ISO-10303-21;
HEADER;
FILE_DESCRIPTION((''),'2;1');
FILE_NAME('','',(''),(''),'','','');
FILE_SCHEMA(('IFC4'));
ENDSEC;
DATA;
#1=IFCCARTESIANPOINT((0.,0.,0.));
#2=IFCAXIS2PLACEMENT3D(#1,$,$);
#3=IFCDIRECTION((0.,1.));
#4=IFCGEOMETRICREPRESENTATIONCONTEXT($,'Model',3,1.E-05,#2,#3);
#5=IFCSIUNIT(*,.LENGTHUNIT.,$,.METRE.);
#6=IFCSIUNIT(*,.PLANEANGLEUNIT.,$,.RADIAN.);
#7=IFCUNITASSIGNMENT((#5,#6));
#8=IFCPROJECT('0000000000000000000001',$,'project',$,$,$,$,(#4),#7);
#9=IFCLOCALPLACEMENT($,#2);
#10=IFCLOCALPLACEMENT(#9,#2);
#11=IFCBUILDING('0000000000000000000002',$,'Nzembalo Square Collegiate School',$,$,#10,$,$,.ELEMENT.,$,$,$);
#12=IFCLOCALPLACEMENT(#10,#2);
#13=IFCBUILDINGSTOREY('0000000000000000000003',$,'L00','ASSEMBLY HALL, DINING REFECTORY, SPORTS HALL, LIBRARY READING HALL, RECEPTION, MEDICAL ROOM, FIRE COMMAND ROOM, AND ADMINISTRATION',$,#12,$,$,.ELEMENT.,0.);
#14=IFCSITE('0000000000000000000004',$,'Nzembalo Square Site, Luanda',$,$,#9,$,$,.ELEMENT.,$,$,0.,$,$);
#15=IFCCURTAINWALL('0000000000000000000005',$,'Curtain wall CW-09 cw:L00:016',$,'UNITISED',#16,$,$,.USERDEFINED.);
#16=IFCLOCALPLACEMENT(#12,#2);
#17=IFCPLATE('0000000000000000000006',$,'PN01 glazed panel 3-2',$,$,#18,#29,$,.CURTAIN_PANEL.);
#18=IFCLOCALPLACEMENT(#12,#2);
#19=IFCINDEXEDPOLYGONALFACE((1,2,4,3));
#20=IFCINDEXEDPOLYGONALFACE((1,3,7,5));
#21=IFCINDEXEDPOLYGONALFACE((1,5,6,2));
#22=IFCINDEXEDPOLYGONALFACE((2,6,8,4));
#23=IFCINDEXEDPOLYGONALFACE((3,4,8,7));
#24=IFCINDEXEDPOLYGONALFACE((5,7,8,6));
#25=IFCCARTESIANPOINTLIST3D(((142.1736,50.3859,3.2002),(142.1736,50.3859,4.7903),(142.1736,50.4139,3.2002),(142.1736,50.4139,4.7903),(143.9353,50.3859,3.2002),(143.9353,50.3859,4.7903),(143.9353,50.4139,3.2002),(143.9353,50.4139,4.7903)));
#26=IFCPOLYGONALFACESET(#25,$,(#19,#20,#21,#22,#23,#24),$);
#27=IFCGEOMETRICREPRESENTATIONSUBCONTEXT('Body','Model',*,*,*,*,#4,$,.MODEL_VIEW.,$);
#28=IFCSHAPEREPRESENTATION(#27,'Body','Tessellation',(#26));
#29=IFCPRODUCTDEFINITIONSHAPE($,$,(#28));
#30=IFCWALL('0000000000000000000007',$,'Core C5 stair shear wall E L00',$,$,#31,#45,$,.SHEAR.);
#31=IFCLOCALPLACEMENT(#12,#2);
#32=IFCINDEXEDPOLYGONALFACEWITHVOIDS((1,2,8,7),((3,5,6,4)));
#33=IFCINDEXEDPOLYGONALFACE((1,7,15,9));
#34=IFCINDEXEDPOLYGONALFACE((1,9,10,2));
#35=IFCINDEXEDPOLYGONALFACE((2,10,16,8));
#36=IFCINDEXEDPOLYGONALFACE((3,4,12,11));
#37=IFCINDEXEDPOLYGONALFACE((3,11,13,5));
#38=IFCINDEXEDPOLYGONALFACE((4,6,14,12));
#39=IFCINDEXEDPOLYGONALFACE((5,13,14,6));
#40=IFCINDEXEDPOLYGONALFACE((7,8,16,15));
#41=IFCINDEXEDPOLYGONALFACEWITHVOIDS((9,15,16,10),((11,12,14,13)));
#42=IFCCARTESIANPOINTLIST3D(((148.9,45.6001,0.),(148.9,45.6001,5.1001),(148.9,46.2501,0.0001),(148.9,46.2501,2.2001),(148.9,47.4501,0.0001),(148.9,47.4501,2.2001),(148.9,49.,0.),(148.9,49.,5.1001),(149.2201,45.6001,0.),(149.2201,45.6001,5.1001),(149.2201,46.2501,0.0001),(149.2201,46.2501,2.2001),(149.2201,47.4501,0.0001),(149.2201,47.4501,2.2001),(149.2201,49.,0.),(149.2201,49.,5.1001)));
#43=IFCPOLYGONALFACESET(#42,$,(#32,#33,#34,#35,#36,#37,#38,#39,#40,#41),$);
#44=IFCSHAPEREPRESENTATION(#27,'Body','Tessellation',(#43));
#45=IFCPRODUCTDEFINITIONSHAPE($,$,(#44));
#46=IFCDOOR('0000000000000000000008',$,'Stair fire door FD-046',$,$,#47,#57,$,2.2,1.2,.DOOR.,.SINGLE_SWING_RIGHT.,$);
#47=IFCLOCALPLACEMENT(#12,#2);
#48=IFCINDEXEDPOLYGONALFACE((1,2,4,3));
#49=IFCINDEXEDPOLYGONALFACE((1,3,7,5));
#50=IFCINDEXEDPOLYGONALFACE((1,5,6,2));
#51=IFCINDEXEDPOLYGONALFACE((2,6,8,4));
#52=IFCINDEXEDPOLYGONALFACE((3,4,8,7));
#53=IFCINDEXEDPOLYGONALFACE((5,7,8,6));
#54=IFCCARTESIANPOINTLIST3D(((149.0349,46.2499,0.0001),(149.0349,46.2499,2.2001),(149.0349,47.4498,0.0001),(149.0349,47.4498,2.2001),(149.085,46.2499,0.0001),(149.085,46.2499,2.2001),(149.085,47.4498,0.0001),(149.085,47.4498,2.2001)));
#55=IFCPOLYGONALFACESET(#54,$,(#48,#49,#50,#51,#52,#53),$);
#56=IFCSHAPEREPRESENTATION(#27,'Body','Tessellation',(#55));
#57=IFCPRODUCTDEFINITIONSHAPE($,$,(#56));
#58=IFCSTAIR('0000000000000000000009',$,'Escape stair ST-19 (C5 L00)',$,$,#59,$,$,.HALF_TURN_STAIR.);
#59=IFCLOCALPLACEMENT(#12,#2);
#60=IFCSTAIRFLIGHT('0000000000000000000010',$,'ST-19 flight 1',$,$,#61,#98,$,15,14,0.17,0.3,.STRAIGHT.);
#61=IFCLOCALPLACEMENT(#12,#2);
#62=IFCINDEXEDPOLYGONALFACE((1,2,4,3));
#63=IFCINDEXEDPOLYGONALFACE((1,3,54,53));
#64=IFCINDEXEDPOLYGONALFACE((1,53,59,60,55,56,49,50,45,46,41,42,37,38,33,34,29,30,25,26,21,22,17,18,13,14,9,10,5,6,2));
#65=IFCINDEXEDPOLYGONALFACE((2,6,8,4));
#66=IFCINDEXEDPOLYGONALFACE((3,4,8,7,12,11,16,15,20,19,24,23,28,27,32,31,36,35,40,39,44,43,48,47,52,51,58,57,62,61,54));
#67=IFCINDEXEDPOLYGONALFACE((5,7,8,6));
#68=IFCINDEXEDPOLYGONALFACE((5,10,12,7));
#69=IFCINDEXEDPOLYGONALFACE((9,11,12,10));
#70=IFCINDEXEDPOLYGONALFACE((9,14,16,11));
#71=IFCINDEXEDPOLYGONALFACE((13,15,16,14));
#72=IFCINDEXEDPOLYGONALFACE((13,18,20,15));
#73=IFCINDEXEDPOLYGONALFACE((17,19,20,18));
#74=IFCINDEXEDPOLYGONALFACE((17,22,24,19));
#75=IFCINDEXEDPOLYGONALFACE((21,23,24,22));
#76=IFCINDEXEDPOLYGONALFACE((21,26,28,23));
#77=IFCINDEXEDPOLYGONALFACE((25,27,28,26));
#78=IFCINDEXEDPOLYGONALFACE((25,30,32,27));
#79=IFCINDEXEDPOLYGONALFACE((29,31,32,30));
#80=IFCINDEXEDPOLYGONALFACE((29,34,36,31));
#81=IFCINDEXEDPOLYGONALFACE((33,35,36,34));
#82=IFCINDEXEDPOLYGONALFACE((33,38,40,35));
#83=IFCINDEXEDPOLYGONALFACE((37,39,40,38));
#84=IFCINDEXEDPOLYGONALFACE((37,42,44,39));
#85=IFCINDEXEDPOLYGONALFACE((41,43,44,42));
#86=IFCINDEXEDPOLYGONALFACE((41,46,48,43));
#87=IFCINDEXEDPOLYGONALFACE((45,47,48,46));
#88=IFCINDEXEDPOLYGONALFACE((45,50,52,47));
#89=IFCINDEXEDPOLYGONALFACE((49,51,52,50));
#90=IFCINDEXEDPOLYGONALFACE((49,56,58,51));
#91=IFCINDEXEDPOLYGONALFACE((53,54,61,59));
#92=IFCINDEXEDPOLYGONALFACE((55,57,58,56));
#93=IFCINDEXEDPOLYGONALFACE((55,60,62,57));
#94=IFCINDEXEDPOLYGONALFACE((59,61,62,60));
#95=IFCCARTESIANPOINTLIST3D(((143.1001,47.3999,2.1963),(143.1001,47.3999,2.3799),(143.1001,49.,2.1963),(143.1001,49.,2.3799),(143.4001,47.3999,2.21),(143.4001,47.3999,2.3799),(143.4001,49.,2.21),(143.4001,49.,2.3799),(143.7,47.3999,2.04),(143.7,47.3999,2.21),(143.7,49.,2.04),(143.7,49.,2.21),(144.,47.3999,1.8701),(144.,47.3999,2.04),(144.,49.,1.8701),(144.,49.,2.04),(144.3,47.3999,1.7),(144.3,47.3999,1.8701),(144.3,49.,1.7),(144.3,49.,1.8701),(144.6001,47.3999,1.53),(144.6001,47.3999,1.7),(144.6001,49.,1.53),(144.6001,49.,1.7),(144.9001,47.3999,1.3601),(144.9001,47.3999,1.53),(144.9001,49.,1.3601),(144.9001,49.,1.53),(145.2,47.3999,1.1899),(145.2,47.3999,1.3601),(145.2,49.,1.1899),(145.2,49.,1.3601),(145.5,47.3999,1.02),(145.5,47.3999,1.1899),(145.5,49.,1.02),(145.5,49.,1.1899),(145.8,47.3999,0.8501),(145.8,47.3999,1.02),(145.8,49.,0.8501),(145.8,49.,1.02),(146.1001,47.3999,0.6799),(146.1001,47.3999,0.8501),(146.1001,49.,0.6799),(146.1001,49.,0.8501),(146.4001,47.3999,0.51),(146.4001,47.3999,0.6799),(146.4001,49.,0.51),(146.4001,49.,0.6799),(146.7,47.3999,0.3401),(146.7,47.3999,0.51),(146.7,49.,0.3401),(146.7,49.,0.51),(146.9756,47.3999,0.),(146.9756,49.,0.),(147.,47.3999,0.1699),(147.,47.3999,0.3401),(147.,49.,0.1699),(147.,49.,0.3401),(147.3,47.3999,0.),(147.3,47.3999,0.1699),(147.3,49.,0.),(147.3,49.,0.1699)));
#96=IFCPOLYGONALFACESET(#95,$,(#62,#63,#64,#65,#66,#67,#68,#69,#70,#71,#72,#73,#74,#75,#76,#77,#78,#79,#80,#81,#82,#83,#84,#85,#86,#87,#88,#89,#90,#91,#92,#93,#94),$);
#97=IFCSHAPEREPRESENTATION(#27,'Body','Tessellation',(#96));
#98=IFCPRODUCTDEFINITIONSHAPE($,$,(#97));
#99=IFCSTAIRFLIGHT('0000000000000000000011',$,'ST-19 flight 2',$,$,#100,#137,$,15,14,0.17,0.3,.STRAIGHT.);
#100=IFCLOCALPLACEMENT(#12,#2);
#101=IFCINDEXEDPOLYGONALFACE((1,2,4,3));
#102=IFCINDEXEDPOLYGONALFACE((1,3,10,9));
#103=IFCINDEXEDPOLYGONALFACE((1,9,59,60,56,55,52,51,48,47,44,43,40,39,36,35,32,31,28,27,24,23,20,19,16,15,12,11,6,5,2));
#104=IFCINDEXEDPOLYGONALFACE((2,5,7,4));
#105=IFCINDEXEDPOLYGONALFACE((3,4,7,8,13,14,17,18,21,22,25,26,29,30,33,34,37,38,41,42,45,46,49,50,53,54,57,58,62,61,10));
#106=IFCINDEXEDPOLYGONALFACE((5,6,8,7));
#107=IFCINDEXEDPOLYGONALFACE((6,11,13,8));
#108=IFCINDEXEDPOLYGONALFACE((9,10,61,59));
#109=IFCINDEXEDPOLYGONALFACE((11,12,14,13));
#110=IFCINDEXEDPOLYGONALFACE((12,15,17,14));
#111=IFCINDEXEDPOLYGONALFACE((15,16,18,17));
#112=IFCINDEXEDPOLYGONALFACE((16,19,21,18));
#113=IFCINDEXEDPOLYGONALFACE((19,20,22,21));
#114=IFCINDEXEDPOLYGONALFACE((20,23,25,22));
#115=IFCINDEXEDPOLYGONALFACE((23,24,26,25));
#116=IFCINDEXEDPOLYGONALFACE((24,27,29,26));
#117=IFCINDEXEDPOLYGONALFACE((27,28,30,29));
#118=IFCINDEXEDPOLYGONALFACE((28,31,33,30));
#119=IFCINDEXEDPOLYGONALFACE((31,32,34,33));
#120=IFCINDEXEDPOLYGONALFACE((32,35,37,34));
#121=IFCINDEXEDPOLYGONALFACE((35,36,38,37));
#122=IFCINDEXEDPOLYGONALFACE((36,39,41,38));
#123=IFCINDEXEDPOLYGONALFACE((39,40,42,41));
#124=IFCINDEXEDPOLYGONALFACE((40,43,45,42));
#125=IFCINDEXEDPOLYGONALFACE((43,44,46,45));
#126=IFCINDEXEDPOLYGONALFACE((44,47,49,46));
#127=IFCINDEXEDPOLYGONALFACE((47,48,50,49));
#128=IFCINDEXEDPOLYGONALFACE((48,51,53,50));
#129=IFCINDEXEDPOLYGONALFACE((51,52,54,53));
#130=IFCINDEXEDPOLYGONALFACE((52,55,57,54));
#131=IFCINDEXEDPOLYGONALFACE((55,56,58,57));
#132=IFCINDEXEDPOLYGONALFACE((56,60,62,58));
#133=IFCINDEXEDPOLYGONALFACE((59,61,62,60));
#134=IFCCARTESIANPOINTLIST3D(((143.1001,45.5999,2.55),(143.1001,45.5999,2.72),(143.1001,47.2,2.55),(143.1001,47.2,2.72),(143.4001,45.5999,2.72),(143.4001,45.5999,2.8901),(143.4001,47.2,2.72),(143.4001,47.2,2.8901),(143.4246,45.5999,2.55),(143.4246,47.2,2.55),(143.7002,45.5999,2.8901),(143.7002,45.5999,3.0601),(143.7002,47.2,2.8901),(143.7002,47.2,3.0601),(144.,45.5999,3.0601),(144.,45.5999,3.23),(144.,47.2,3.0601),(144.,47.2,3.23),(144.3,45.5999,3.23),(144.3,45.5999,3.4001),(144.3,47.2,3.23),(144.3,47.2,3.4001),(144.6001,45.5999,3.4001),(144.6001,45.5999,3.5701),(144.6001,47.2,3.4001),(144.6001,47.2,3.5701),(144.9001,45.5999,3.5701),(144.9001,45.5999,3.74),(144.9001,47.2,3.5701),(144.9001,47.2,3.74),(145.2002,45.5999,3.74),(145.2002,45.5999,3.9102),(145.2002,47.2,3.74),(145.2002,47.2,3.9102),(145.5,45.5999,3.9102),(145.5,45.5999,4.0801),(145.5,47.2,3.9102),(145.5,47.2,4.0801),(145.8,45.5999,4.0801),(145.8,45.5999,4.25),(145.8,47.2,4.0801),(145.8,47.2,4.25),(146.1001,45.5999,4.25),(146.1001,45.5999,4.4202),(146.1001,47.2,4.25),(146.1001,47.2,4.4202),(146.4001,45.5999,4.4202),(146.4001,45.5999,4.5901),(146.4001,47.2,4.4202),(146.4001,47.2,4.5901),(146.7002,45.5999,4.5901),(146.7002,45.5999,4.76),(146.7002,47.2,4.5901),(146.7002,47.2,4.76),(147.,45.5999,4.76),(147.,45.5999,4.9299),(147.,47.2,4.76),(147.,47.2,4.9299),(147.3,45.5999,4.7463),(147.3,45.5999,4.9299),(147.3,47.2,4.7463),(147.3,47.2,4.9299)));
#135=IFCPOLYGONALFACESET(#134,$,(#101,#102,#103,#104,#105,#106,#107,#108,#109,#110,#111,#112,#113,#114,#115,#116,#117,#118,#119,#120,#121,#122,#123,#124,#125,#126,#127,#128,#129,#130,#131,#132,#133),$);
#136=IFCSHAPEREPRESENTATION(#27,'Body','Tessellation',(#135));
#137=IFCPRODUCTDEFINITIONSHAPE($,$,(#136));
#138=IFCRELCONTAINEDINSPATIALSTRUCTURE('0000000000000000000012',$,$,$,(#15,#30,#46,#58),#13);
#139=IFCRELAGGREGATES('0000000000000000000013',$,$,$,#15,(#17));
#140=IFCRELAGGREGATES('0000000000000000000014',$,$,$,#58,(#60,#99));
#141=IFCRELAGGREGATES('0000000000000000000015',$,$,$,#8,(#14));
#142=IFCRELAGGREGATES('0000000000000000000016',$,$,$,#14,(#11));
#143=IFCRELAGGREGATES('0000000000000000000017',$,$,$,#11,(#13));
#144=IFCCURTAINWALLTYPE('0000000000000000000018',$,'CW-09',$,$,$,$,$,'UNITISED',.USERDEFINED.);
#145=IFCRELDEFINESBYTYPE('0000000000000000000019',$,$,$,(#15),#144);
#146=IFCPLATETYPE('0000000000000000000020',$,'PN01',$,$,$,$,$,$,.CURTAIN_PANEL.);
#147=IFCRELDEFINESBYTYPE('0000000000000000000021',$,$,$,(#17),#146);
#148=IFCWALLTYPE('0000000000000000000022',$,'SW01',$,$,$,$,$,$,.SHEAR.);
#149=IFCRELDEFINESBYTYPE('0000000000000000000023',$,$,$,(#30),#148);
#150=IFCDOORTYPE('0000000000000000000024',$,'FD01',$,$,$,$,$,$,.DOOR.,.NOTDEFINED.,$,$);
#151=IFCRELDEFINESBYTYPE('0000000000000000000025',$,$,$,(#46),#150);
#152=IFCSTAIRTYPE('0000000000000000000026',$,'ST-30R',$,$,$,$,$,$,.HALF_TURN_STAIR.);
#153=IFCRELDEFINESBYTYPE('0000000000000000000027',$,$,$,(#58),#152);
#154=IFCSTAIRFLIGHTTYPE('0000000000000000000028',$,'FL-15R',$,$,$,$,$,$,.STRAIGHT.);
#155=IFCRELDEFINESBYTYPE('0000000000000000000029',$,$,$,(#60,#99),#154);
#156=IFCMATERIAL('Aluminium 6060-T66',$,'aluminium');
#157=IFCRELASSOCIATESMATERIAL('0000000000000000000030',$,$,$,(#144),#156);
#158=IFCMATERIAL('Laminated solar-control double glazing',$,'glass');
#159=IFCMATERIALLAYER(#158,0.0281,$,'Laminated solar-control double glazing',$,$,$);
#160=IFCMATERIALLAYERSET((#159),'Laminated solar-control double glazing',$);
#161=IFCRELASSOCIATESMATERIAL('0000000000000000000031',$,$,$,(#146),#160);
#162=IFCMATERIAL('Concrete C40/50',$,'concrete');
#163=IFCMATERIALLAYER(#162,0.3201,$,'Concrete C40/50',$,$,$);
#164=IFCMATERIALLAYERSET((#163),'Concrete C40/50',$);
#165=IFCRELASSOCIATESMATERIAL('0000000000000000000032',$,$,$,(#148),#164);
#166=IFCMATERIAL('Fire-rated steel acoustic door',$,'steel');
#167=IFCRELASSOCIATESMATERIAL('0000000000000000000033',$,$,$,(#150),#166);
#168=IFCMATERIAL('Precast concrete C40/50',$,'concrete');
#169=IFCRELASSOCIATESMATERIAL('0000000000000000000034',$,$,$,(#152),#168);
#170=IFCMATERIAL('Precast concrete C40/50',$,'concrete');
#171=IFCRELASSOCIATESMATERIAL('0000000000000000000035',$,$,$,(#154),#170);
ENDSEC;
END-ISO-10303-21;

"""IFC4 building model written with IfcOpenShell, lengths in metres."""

from ifc_helpers import new_model, si_unit, direction, frame, frame_2d, origin, origin_2d, place, context, subcontext, project, spatial, polyline, rectangle, outline, extrude, material, layer, layer_set, type_object, element, fill, aggregate, save


model = new_model("IFC4")

# Units and contexts
model_context = context("Model", 3, precision=1e-05, world=origin(), true_north=direction((0.0, 1.0)))
body_context = subcontext(model_context, "Body", "Model", "MODEL_VIEW")
ifc_project = project(units=[si_unit("LENGTHUNIT", "METRE"), si_unit("PLANEANGLEUNIT", "RADIAN")], contexts=[model_context])

# Site, building, storey
site_placement = place(None, origin())
site = spatial("IfcSite", under=ifc_project, at=site_placement, Name="Nzembalo Square Site, Luanda", CompositionType="ELEMENT", RefElevation=0.0)
building_placement = place(site_placement, origin())
building = spatial("IfcBuilding", under=site, at=building_placement, Name="Nzembalo Square Collegiate School", CompositionType="ELEMENT")
storey_placement = place(building_placement, origin())
storey = spatial("IfcBuildingStorey", under=building, at=storey_placement, Name="L00", Description="ASSEMBLY HALL, DINING REFECTORY, SPORTS HALL, LIBRARY READING HALL, RECEPTION, MEDICAL ROOM, FIRE COMMAND ROOM, AND ADMINISTRATION", CompositionType="ELEMENT", Elevation=0.0)

# Curtain wall, plate
ifc_material_1 = material(Name="Aluminium 6060-T66", Category="aluminium")
curtain_wall_type = type_object("IfcCurtainWallType", Name="CW-09", ElementType="UNITISED", PredefinedType="USERDEFINED", material=ifc_material_1)
curtain_wall_placement = place(storey_placement, origin())
curtain_wall = element("IfcCurtainWall", 1, at=curtain_wall_placement, inside=storey, type_object=curtain_wall_type, Name="Curtain wall CW-09 cw:L00:016", ObjectType="UNITISED", PredefinedType="USERDEFINED")
ifc_material_2 = material(Name="Laminated solar-control double glazing", Category="glass")
ifc_layer_1 = layer(ifc_material_2, 0.0281, Name="Laminated solar-control double glazing")
ifc_layer_set_1 = layer_set([ifc_layer_1], Name="Laminated solar-control double glazing")
plate_type = type_object("IfcPlateType", Name="PN01", PredefinedType="CURTAIN_PANEL", material=ifc_layer_set_1)
plate_1_placement = place(storey_placement, frame((143.0544, 50.3999, 3.2002), z_axis=(0.0, 0.0, 1.0), x_axis=(1.0, 0.0, 0.0)))
plate_1 = element("IfcPlate", 2, at=plate_1_placement, type_object=plate_type, Name="PN01 glazed panel 3-2", PredefinedType="CURTAIN_PANEL", context=body_context, shape_type="SweptSolid", body=[
    extrude(rectangle(XDim=1.7617, YDim=0.0281, at=origin_2d()), origin(), (0.0, 0.0, 1.0), 1.5901),
])
aggregate(curtain_wall, [plate_1])

# Wall, opening, door
ifc_material_3 = material(Name="Concrete C40/50", Category="concrete")
ifc_layer_2 = layer(ifc_material_3, 0.3201, Name="Concrete C40/50")
ifc_layer_set_2 = layer_set([ifc_layer_2], Name="Concrete C40/50")
wall_type_1 = type_object("IfcWallType", Name="SW01", PredefinedType="SHEAR", material=ifc_layer_set_2)
wall_1_placement = place(storey_placement, frame((149.0601, 45.6001, 0.0), z_axis=(0.0, 0.0, 1.0), x_axis=(0.0, 1.0, 0.0)))
wall_1 = element("IfcWall", 3, at=wall_1_placement, inside=storey, type_object=wall_type_1, Name="Core C5 stair shear wall E L00", PredefinedType="SHEAR", context=body_context, shape_type="SweptSolid", body=[
    extrude(rectangle(XDim=3.3999, YDim=0.3201, at=frame_2d((1.7, 0.0))), origin(), (0.0, 0.0, 1.0), 5.1001),
])
opening_placement = place(wall_1_placement, frame((0.6499, 0.0, 0.0)))
opening = element("IfcOpeningElement", 4, at=opening_placement, cuts=wall_1, PredefinedType="OPENING", context=body_context, shape_type="SweptSolid", body=[
    extrude(rectangle(XDim=1.2, YDim=2.2, at=frame_2d((0.6001, 1.1001))), frame((0.0, 0.1699, 0.0), z_axis=(0.0, -1.0, 0.0), x_axis=(1.0, 0.0, 0.0)), (0.0, 0.0, 1.0), 0.3401),
])
ifc_material_4 = material(Name="Fire-rated steel acoustic door", Category="steel")
door_type = type_object("IfcDoorType", Name="FD01", OperationType="NOTDEFINED", PredefinedType="DOOR", material=ifc_material_4)
door_placement = place(opening_placement, frame((1.2, 0.0, 0.0), z_axis=(0.0, 0.0, 1.0), x_axis=(-1.0, 0.0, 0.0)))
door = element("IfcDoor", 5, at=door_placement, inside=storey, type_object=door_type, Name="Stair fire door FD-046", OperationType="SINGLE_SWING_RIGHT", OverallHeight=2.2, OverallWidth=1.2, PredefinedType="DOOR", context=body_context, shape_type="SweptSolid", body=[
    extrude(rectangle(XDim=1.2, YDim=2.2, at=frame_2d((0.6001, 1.1001))), frame((0.0, 0.0249, 0.0), z_axis=(0.0, -1.0, 0.0), x_axis=(1.0, 0.0, 0.0)), (0.0, 0.0, 1.0), 0.05),
])
fill(opening, door)

# Stair, stair flights
ifc_material_5 = material(Name="Precast concrete C40/50", Category="concrete")
stair_type = type_object("IfcStairType", Name="ST-30R", PredefinedType="HALF_TURN_STAIR", material=ifc_material_5)
stair_placement = place(storey_placement, origin())
stair = element("IfcStair", 6, at=stair_placement, inside=storey, type_object=stair_type, Name="Escape stair ST-19 (C5 L00)", PredefinedType="HALF_TURN_STAIR")
ifc_material_6 = material(Name="Precast concrete C40/50", Category="concrete")
stair_flight_type = type_object("IfcStairFlightType", Name="FL-15R", PredefinedType="STRAIGHT", material=ifc_material_6)
stair_flight_1_placement = place(storey_placement, frame((147.3, 48.2, 0.0), z_axis=(0.0, 0.0, 1.0), x_axis=(-1.0, 0.0, 0.0)))
stair_flight_1 = element("IfcStairFlight", 7, at=stair_flight_1_placement, type_object=stair_flight_type, Name="ST-19 flight 1", NumberOfRisers=15, NumberOfTreads=14, PredefinedType="STRAIGHT", RiserHeight=0.17, TreadLength=0.3, context=body_context, shape_type="SweptSolid", body=[
    extrude(outline(polyline([(0.0, 0.0), (0.0, 0.1699), (0.3, 0.1699), (0.3, 0.3401), (0.6001, 0.3401), (0.6001, 0.51), (0.8999, 0.51), (0.8999, 0.6799), (1.2, 0.6799), (1.2, 0.8501), (1.5, 0.8501), (1.5, 1.02), (1.8, 1.02), (1.8, 1.1899), (2.1001, 1.1899), (2.1001, 1.3601), (2.3999, 1.3601), (2.3999, 1.53), (2.7, 1.53), (2.7, 1.7), (3.0, 1.7), (3.0, 1.8701), (3.3, 1.8701), (3.3, 2.04), (3.6001, 2.04), (3.6001, 2.21), (3.8999, 2.21), (3.8999, 2.3799), (4.2, 2.3799), (4.2, 2.55), (4.2, 2.1963), (0.3245, 0.0), (0.0, 0.0)])), frame((0.0, 0.8, 0.0), z_axis=(0.0, -1.0, 0.0), x_axis=(1.0, 0.0, 0.0)), (0.0, 0.0, 1.0), 1.6001),
])
stair_flight_2_placement = place(storey_placement, frame((143.1001, 46.3999, 2.55), z_axis=(0.0, 0.0, 1.0), x_axis=(1.0, 0.0, 0.0)))
stair_flight_2 = element("IfcStairFlight", 8, at=stair_flight_2_placement, type_object=stair_flight_type, Name="ST-19 flight 2", NumberOfRisers=15, NumberOfTreads=14, PredefinedType="STRAIGHT", RiserHeight=0.17, TreadLength=0.3, context=body_context, shape_type="SweptSolid", body=[
    extrude(outline(polyline([(0.0, 0.0), (0.0, 0.1699), (0.3, 0.1699), (0.3, 0.3401), (0.6001, 0.3401), (0.6001, 0.51), (0.8999, 0.51), (0.8999, 0.6799), (1.2, 0.6799), (1.2, 0.8501), (1.5, 0.8501), (1.5, 1.02), (1.8, 1.02), (1.8, 1.1899), (2.1001, 1.1899), (2.1001, 1.3601), (2.3999, 1.3601), (2.3999, 1.53), (2.7, 1.53), (2.7, 1.7), (3.0, 1.7), (3.0, 1.8701), (3.3, 1.8701), (3.3, 2.04), (3.6001, 2.04), (3.6001, 2.21), (3.8999, 2.21), (3.8999, 2.3799), (4.2, 2.3799), (4.2, 2.55), (4.2, 2.1963), (0.3245, 0.0), (0.0, 0.0)])), frame((0.0, 0.8, 0.0), z_axis=(0.0, -1.0, 0.0), x_axis=(1.0, 0.0, 0.0)), (0.0, 0.0, 1.0), 1.6001),
])
aggregate(stair, [stair_flight_1, stair_flight_2])

save(model, "model.ifc")
